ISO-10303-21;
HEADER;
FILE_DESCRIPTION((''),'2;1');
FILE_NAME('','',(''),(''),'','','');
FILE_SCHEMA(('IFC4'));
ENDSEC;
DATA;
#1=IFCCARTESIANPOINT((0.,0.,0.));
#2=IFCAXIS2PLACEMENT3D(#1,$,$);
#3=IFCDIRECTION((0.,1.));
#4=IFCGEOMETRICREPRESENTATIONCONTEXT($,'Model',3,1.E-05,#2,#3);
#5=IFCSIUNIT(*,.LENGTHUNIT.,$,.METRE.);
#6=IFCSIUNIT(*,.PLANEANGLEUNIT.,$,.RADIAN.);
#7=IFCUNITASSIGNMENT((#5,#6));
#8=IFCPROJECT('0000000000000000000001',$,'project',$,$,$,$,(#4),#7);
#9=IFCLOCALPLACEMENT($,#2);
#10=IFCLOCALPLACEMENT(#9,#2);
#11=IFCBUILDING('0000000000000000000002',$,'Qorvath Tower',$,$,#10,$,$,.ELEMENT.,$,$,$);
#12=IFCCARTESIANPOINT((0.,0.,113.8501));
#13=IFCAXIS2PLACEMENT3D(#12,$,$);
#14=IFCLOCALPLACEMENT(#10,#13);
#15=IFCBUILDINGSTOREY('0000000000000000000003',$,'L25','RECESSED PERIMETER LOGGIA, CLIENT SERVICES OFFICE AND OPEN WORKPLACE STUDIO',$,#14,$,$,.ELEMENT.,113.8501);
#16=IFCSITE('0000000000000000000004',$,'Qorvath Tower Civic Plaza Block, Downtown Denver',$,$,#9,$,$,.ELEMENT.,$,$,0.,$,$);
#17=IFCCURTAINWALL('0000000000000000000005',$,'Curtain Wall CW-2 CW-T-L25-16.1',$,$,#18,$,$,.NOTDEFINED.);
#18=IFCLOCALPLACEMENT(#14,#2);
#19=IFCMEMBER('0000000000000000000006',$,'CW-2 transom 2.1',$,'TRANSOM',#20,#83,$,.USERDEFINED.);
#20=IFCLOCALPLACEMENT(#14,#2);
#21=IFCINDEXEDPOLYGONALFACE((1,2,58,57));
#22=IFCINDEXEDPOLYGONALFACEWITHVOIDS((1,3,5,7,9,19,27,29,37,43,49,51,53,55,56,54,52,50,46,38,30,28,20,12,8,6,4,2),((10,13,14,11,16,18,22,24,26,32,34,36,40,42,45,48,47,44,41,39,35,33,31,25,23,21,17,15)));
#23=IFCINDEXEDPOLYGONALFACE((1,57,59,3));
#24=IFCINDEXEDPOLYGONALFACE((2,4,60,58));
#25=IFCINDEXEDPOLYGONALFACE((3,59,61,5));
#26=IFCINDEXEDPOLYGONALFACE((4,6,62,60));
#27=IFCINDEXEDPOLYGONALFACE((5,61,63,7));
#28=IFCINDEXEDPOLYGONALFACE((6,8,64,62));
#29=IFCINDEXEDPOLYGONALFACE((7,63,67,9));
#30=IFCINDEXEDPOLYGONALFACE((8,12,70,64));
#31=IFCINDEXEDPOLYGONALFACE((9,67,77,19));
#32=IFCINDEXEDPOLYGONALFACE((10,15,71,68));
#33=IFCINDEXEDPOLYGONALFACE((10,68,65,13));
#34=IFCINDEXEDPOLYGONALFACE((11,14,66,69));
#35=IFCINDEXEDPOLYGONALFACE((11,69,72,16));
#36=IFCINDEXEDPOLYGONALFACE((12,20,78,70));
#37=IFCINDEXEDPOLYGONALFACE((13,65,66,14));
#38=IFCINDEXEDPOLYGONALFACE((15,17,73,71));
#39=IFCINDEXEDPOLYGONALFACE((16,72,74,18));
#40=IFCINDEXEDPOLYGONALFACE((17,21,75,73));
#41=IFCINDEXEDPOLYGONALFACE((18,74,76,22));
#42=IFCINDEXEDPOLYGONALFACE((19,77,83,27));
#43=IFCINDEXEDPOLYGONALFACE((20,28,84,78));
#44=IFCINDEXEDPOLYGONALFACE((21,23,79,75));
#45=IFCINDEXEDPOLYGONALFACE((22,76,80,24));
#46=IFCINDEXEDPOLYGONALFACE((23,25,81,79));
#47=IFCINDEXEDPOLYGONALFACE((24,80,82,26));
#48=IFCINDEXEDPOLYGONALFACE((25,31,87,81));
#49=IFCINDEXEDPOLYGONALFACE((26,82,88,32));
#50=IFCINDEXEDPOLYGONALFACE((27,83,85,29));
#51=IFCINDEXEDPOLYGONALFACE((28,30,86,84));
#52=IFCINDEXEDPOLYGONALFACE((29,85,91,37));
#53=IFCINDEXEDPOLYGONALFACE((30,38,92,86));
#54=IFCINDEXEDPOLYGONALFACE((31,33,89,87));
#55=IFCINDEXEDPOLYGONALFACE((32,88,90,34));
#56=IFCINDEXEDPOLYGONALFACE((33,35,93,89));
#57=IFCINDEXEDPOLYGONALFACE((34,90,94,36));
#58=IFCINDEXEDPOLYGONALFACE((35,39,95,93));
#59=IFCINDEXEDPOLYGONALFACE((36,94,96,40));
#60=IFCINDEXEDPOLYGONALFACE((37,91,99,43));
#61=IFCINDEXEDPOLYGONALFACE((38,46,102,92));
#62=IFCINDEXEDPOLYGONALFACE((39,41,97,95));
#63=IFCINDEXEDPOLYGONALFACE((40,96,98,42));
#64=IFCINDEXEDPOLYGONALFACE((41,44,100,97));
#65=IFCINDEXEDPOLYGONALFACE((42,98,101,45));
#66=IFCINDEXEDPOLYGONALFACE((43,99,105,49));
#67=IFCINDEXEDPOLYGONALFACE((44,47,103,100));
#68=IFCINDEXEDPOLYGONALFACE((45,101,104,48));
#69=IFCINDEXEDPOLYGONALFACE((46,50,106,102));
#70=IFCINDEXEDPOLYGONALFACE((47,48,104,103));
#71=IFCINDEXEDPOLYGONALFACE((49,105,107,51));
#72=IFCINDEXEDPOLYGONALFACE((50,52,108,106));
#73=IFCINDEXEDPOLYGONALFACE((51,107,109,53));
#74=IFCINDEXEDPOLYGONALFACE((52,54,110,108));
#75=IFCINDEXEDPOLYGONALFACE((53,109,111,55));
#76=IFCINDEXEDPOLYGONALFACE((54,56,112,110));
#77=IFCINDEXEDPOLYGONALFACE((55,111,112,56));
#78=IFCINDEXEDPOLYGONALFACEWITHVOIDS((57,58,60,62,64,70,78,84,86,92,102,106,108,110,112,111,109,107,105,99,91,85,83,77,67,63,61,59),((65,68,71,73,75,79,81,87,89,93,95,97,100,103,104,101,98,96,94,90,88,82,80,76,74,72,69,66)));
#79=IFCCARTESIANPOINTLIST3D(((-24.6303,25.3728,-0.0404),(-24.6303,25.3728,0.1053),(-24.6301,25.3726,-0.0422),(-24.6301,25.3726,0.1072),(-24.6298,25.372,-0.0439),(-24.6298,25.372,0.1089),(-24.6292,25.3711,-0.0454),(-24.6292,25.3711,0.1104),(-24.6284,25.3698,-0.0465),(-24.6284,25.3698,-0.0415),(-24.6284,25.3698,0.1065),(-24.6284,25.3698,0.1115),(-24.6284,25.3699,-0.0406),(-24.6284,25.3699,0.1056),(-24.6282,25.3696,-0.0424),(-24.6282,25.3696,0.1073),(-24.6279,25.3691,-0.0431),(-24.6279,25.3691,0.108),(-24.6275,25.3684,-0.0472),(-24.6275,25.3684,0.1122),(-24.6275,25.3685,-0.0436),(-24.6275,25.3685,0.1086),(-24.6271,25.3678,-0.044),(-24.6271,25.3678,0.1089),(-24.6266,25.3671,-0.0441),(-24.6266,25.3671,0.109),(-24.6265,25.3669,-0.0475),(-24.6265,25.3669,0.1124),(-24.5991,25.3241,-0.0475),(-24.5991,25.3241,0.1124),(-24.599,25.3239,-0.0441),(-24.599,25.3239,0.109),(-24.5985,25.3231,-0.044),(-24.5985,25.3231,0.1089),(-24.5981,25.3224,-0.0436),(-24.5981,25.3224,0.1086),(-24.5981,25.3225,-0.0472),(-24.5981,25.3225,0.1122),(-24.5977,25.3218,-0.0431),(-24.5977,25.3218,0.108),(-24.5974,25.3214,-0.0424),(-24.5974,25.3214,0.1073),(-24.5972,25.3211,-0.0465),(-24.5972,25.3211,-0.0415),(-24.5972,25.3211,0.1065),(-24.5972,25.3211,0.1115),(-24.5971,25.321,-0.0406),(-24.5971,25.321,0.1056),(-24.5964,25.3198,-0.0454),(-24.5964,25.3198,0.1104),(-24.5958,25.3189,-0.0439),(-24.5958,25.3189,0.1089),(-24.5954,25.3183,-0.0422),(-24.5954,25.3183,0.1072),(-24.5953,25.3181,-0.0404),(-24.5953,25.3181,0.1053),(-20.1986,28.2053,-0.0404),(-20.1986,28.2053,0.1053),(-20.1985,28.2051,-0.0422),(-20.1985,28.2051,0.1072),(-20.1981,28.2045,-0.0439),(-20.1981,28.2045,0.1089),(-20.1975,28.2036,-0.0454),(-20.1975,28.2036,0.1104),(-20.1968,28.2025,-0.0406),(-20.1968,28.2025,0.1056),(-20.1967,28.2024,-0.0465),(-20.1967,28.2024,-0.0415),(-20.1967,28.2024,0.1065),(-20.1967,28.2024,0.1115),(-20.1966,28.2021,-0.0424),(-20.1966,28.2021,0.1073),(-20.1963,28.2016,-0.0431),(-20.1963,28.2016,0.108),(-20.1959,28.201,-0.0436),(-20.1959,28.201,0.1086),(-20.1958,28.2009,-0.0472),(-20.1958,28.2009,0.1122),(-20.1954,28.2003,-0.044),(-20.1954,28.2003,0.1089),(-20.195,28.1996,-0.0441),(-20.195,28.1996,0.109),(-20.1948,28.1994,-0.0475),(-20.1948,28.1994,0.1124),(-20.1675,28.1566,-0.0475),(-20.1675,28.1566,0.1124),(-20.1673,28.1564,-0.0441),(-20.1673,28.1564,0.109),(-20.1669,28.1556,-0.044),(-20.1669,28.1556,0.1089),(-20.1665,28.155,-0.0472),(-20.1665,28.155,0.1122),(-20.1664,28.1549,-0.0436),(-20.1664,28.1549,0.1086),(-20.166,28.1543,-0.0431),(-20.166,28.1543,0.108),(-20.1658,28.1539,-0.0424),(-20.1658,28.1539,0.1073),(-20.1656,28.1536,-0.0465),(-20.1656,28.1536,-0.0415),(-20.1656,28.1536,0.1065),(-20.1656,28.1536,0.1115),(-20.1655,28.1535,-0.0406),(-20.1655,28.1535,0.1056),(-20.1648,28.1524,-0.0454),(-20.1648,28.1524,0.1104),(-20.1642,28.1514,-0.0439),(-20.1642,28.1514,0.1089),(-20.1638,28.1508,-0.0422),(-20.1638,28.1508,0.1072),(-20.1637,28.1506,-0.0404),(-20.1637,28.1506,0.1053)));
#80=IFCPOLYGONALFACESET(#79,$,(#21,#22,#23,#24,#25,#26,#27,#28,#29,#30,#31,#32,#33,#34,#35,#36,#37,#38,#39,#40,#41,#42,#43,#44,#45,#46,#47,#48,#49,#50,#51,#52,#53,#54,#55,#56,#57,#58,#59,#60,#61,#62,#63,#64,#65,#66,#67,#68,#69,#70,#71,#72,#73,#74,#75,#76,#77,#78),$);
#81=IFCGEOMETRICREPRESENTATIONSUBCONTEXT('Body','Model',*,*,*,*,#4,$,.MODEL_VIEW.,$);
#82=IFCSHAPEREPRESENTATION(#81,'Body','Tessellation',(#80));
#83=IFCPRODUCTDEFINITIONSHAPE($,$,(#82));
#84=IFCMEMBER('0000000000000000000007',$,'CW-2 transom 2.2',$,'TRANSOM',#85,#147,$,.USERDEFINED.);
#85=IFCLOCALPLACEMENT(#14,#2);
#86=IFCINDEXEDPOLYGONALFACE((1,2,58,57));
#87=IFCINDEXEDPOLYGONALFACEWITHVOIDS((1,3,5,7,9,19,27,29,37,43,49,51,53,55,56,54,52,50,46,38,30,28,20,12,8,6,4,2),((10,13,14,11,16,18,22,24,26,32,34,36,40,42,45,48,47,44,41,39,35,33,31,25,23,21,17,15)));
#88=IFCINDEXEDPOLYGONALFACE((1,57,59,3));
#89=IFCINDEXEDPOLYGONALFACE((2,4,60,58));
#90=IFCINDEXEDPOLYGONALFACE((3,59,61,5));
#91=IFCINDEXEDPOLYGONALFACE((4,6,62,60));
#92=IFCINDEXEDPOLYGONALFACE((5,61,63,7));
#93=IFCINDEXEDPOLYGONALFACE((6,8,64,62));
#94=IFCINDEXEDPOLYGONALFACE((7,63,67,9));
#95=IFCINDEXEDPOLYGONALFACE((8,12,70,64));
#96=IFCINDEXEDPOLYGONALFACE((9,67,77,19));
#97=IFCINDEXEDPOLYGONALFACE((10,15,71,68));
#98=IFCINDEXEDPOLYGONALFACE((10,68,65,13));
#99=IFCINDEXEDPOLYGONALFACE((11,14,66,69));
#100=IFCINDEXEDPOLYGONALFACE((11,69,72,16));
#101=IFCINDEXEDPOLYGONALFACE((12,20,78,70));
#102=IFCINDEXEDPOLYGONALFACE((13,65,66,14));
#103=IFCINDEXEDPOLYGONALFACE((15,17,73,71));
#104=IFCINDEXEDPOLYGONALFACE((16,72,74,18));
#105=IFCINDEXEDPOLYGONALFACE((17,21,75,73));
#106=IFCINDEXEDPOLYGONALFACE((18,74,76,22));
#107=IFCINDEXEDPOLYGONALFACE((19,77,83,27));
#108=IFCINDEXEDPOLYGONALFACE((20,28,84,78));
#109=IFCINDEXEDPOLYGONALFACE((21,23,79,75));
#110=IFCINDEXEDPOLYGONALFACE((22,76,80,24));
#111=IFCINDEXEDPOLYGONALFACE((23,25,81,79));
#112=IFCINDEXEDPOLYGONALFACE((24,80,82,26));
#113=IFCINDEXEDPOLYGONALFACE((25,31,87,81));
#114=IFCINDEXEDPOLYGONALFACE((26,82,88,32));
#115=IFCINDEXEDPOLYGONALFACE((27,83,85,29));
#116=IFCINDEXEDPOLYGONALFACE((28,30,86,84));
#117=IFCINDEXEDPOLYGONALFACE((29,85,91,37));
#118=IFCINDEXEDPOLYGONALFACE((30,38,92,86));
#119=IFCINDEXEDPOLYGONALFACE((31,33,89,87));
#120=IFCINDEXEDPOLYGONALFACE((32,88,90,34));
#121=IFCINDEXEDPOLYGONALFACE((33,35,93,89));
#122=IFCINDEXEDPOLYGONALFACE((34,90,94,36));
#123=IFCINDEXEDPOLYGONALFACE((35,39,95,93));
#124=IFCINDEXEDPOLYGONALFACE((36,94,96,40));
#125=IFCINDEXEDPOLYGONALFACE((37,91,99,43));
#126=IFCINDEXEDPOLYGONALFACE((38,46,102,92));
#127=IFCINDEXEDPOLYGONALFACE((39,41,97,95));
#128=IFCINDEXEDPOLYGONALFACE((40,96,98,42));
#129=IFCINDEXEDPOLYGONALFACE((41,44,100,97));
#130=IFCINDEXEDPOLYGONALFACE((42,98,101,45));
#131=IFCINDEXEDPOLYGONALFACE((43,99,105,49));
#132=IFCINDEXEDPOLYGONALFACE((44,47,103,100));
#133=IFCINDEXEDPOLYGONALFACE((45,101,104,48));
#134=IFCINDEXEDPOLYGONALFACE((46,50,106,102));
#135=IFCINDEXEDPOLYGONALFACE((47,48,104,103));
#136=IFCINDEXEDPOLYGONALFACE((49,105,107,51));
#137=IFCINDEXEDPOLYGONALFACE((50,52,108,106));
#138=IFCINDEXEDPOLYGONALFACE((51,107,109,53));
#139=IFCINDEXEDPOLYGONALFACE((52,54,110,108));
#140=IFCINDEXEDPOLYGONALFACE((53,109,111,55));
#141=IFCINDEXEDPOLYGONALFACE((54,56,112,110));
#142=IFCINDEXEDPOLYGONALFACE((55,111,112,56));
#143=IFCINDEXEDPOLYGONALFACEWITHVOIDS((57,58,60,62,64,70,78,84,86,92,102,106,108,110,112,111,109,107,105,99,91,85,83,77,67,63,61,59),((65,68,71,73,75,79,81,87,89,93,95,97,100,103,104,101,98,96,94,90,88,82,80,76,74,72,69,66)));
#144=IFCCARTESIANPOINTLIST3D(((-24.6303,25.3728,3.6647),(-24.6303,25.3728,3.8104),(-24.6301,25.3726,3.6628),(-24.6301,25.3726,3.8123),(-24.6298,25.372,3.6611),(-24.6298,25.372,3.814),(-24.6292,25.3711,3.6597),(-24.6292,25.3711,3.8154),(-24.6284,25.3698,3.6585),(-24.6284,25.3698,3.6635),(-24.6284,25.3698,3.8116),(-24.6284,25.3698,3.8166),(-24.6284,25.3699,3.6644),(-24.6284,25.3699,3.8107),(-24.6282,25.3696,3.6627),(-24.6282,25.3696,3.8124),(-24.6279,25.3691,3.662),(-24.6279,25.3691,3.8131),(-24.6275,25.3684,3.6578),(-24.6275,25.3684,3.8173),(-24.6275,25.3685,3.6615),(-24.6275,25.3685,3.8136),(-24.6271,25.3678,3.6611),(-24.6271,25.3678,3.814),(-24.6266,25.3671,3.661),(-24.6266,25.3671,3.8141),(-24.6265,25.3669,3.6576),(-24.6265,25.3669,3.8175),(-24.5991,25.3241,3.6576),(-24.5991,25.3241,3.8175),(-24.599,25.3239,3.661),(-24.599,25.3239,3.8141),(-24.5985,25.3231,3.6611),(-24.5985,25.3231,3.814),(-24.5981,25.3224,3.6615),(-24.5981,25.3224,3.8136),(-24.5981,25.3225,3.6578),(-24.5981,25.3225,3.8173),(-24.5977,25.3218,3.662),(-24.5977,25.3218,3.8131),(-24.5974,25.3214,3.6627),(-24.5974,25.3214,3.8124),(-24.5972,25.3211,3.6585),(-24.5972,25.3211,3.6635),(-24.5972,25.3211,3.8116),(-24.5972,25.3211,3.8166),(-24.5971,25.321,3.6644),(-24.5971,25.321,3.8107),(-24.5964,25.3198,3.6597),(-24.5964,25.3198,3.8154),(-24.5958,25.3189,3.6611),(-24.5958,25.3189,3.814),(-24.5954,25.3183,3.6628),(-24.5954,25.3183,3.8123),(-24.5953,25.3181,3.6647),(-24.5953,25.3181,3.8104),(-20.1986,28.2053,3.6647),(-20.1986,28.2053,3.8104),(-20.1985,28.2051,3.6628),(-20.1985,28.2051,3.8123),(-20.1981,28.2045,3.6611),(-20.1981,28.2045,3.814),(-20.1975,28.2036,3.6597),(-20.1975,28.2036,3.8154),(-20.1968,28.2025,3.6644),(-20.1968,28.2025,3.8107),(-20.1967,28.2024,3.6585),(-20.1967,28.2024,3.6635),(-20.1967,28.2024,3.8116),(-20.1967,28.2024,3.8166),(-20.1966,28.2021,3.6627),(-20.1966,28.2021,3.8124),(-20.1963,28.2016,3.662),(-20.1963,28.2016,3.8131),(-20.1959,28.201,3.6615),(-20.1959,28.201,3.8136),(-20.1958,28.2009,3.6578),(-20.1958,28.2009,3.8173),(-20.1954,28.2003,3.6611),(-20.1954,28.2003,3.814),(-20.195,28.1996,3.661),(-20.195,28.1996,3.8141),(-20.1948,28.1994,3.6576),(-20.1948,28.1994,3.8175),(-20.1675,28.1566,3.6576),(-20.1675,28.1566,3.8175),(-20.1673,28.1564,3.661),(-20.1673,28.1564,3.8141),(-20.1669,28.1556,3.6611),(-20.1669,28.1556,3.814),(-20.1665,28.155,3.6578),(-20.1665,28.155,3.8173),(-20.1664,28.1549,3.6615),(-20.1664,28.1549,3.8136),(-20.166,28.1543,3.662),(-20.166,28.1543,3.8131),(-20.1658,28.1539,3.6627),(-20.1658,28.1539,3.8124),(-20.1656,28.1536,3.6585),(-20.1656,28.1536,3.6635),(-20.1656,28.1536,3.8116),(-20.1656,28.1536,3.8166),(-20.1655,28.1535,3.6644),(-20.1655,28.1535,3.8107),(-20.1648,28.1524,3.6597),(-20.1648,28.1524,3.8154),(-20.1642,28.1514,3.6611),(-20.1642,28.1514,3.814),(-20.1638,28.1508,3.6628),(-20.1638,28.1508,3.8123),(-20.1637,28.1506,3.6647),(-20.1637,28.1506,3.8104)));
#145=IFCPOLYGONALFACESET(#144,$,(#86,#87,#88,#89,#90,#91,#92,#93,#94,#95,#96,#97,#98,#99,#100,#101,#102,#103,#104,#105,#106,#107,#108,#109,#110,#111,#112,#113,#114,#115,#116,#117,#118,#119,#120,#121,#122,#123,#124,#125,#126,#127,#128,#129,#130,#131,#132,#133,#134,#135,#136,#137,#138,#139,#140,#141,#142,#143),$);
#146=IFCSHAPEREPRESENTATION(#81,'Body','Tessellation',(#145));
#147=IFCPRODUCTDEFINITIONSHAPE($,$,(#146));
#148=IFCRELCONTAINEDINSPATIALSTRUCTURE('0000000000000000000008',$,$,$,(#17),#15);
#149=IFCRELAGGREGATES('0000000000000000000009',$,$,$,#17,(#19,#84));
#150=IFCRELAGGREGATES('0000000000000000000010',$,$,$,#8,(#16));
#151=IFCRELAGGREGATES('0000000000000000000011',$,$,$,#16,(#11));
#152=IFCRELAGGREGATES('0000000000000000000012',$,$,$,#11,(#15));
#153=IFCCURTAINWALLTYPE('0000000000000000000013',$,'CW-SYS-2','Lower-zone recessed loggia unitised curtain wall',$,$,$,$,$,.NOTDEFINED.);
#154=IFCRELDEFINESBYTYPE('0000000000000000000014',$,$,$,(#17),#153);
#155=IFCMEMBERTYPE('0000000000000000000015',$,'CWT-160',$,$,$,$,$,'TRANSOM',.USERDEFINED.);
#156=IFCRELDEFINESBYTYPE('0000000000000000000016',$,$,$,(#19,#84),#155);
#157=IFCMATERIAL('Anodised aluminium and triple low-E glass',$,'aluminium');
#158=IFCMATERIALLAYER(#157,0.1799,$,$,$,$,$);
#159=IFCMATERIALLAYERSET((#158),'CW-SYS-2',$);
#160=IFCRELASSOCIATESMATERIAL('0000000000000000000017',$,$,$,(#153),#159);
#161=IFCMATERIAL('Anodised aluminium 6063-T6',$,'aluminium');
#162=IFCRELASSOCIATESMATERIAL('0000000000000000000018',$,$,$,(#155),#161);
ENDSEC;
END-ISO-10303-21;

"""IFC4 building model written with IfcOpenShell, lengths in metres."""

from ifc_helpers import new_model, si_unit, direction, frame, origin, origin_2d, place, context, subcontext, project, spatial, hollow_rectangle, extrude, material, layer, layer_set, material_profile, profile_set, type_object, element, aggregate, save


model = new_model("IFC4")

# Units and contexts
model_context = context("Model", 3, precision=1e-05, world=origin(), true_north=direction((0.0, 1.0)))
body_context = subcontext(model_context, "Body", "Model", "MODEL_VIEW")
ifc_project = project(units=[si_unit("LENGTHUNIT", "METRE"), si_unit("PLANEANGLEUNIT", "RADIAN")], contexts=[model_context])

# Site, building, storey
site_placement = place(None, origin())
site = spatial("IfcSite", under=ifc_project, at=site_placement, Name="Qorvath Tower Civic Plaza Block, Downtown Denver", CompositionType="ELEMENT", RefElevation=0.0)
building_placement = place(site_placement, origin())
building = spatial("IfcBuilding", under=site, at=building_placement, Name="Qorvath Tower", CompositionType="ELEMENT")
storey_placement = place(building_placement, frame((0.0, 0.0, 113.8501)))
storey = spatial("IfcBuildingStorey", under=building, at=storey_placement, Name="L25", Description="RECESSED PERIMETER LOGGIA, CLIENT SERVICES OFFICE AND OPEN WORKPLACE STUDIO", CompositionType="ELEMENT", Elevation=113.8501)

# Curtain wall
ifc_material_1 = material(Name="Anodised aluminium and triple low-E glass", Category="aluminium")
ifc_layer_1 = layer(ifc_material_1, 0.1799)
ifc_layer_set_1 = layer_set([ifc_layer_1], Name="CW-SYS-2")
curtain_wall_type = type_object("IfcCurtainWallType", Name="CW-SYS-2", Description="Lower-zone recessed loggia unitised curtain wall", PredefinedType="NOTDEFINED", material=ifc_layer_set_1)
curtain_wall_1_placement = place(storey_placement, origin())
curtain_wall_1 = element("IfcCurtainWall", 1, at=curtain_wall_1_placement, inside=storey, type_object=curtain_wall_type, Name="Curtain Wall CW-2 CW-T-L25-16.1", PredefinedType="NOTDEFINED")

# Members
ifc_material_2 = material(Name="Anodised aluminium 6063-T6", Category="aluminium")
ifc_material_profile_1 = material_profile(ifc_material_2, hollow_rectangle(XDim=0.0649, YDim=0.1599, WallThickness=0.0034, InnerFilletRadius=0.0034, OuterFilletRadius=0.0071, at=origin_2d()), Name="CWT 160x65")
ifc_profile_set_1 = profile_set([ifc_material_profile_1], Name="Anodised aluminium 6063-T6")
member_type_1 = type_object("IfcMemberType", Name="CWT-160", ElementType="TRANSOM", PredefinedType="USERDEFINED", material=ifc_profile_set_1)
member_1_placement = place(storey_placement, frame((-20.1812, 28.178, 0.0325), z_axis=(-0.842593, -0.53855, 0.0), x_axis=(0.53855, -0.842593, 0.0)))
member_1 = element("IfcMember", 2, at=member_1_placement, type_object=member_type_1, Name="CW-2 transom 2.1", ObjectType="TRANSOM", PredefinedType="USERDEFINED", context=body_context, shape_type="SweptSolid", body=[
    extrude(hollow_rectangle(XDim=0.0649, YDim=0.1599, WallThickness=0.0034, InnerFilletRadius=0.0034, OuterFilletRadius=0.0071, at=origin_2d()), origin(), (0.0, 0.0, 1.0), 5.2595),
])
member_2_placement = place(storey_placement, frame((-20.1812, 28.178, 3.7375), z_axis=(-0.842593, -0.53855, 0.0), x_axis=(0.53855, -0.842593, 0.0)))
member_2 = element("IfcMember", 3, at=member_2_placement, type_object=member_type_1, Name="CW-2 transom 2.2", ObjectType="TRANSOM", PredefinedType="USERDEFINED", context=body_context, shape_type="SweptSolid", body=[
    extrude(hollow_rectangle(XDim=0.0649, YDim=0.1599, WallThickness=0.0034, InnerFilletRadius=0.0034, OuterFilletRadius=0.0071, at=origin_2d()), origin(), (0.0, 0.0, 1.0), 5.2595),
])

aggregate(curtain_wall_1, [member_1, member_2])

save(model, "model.ifc")
